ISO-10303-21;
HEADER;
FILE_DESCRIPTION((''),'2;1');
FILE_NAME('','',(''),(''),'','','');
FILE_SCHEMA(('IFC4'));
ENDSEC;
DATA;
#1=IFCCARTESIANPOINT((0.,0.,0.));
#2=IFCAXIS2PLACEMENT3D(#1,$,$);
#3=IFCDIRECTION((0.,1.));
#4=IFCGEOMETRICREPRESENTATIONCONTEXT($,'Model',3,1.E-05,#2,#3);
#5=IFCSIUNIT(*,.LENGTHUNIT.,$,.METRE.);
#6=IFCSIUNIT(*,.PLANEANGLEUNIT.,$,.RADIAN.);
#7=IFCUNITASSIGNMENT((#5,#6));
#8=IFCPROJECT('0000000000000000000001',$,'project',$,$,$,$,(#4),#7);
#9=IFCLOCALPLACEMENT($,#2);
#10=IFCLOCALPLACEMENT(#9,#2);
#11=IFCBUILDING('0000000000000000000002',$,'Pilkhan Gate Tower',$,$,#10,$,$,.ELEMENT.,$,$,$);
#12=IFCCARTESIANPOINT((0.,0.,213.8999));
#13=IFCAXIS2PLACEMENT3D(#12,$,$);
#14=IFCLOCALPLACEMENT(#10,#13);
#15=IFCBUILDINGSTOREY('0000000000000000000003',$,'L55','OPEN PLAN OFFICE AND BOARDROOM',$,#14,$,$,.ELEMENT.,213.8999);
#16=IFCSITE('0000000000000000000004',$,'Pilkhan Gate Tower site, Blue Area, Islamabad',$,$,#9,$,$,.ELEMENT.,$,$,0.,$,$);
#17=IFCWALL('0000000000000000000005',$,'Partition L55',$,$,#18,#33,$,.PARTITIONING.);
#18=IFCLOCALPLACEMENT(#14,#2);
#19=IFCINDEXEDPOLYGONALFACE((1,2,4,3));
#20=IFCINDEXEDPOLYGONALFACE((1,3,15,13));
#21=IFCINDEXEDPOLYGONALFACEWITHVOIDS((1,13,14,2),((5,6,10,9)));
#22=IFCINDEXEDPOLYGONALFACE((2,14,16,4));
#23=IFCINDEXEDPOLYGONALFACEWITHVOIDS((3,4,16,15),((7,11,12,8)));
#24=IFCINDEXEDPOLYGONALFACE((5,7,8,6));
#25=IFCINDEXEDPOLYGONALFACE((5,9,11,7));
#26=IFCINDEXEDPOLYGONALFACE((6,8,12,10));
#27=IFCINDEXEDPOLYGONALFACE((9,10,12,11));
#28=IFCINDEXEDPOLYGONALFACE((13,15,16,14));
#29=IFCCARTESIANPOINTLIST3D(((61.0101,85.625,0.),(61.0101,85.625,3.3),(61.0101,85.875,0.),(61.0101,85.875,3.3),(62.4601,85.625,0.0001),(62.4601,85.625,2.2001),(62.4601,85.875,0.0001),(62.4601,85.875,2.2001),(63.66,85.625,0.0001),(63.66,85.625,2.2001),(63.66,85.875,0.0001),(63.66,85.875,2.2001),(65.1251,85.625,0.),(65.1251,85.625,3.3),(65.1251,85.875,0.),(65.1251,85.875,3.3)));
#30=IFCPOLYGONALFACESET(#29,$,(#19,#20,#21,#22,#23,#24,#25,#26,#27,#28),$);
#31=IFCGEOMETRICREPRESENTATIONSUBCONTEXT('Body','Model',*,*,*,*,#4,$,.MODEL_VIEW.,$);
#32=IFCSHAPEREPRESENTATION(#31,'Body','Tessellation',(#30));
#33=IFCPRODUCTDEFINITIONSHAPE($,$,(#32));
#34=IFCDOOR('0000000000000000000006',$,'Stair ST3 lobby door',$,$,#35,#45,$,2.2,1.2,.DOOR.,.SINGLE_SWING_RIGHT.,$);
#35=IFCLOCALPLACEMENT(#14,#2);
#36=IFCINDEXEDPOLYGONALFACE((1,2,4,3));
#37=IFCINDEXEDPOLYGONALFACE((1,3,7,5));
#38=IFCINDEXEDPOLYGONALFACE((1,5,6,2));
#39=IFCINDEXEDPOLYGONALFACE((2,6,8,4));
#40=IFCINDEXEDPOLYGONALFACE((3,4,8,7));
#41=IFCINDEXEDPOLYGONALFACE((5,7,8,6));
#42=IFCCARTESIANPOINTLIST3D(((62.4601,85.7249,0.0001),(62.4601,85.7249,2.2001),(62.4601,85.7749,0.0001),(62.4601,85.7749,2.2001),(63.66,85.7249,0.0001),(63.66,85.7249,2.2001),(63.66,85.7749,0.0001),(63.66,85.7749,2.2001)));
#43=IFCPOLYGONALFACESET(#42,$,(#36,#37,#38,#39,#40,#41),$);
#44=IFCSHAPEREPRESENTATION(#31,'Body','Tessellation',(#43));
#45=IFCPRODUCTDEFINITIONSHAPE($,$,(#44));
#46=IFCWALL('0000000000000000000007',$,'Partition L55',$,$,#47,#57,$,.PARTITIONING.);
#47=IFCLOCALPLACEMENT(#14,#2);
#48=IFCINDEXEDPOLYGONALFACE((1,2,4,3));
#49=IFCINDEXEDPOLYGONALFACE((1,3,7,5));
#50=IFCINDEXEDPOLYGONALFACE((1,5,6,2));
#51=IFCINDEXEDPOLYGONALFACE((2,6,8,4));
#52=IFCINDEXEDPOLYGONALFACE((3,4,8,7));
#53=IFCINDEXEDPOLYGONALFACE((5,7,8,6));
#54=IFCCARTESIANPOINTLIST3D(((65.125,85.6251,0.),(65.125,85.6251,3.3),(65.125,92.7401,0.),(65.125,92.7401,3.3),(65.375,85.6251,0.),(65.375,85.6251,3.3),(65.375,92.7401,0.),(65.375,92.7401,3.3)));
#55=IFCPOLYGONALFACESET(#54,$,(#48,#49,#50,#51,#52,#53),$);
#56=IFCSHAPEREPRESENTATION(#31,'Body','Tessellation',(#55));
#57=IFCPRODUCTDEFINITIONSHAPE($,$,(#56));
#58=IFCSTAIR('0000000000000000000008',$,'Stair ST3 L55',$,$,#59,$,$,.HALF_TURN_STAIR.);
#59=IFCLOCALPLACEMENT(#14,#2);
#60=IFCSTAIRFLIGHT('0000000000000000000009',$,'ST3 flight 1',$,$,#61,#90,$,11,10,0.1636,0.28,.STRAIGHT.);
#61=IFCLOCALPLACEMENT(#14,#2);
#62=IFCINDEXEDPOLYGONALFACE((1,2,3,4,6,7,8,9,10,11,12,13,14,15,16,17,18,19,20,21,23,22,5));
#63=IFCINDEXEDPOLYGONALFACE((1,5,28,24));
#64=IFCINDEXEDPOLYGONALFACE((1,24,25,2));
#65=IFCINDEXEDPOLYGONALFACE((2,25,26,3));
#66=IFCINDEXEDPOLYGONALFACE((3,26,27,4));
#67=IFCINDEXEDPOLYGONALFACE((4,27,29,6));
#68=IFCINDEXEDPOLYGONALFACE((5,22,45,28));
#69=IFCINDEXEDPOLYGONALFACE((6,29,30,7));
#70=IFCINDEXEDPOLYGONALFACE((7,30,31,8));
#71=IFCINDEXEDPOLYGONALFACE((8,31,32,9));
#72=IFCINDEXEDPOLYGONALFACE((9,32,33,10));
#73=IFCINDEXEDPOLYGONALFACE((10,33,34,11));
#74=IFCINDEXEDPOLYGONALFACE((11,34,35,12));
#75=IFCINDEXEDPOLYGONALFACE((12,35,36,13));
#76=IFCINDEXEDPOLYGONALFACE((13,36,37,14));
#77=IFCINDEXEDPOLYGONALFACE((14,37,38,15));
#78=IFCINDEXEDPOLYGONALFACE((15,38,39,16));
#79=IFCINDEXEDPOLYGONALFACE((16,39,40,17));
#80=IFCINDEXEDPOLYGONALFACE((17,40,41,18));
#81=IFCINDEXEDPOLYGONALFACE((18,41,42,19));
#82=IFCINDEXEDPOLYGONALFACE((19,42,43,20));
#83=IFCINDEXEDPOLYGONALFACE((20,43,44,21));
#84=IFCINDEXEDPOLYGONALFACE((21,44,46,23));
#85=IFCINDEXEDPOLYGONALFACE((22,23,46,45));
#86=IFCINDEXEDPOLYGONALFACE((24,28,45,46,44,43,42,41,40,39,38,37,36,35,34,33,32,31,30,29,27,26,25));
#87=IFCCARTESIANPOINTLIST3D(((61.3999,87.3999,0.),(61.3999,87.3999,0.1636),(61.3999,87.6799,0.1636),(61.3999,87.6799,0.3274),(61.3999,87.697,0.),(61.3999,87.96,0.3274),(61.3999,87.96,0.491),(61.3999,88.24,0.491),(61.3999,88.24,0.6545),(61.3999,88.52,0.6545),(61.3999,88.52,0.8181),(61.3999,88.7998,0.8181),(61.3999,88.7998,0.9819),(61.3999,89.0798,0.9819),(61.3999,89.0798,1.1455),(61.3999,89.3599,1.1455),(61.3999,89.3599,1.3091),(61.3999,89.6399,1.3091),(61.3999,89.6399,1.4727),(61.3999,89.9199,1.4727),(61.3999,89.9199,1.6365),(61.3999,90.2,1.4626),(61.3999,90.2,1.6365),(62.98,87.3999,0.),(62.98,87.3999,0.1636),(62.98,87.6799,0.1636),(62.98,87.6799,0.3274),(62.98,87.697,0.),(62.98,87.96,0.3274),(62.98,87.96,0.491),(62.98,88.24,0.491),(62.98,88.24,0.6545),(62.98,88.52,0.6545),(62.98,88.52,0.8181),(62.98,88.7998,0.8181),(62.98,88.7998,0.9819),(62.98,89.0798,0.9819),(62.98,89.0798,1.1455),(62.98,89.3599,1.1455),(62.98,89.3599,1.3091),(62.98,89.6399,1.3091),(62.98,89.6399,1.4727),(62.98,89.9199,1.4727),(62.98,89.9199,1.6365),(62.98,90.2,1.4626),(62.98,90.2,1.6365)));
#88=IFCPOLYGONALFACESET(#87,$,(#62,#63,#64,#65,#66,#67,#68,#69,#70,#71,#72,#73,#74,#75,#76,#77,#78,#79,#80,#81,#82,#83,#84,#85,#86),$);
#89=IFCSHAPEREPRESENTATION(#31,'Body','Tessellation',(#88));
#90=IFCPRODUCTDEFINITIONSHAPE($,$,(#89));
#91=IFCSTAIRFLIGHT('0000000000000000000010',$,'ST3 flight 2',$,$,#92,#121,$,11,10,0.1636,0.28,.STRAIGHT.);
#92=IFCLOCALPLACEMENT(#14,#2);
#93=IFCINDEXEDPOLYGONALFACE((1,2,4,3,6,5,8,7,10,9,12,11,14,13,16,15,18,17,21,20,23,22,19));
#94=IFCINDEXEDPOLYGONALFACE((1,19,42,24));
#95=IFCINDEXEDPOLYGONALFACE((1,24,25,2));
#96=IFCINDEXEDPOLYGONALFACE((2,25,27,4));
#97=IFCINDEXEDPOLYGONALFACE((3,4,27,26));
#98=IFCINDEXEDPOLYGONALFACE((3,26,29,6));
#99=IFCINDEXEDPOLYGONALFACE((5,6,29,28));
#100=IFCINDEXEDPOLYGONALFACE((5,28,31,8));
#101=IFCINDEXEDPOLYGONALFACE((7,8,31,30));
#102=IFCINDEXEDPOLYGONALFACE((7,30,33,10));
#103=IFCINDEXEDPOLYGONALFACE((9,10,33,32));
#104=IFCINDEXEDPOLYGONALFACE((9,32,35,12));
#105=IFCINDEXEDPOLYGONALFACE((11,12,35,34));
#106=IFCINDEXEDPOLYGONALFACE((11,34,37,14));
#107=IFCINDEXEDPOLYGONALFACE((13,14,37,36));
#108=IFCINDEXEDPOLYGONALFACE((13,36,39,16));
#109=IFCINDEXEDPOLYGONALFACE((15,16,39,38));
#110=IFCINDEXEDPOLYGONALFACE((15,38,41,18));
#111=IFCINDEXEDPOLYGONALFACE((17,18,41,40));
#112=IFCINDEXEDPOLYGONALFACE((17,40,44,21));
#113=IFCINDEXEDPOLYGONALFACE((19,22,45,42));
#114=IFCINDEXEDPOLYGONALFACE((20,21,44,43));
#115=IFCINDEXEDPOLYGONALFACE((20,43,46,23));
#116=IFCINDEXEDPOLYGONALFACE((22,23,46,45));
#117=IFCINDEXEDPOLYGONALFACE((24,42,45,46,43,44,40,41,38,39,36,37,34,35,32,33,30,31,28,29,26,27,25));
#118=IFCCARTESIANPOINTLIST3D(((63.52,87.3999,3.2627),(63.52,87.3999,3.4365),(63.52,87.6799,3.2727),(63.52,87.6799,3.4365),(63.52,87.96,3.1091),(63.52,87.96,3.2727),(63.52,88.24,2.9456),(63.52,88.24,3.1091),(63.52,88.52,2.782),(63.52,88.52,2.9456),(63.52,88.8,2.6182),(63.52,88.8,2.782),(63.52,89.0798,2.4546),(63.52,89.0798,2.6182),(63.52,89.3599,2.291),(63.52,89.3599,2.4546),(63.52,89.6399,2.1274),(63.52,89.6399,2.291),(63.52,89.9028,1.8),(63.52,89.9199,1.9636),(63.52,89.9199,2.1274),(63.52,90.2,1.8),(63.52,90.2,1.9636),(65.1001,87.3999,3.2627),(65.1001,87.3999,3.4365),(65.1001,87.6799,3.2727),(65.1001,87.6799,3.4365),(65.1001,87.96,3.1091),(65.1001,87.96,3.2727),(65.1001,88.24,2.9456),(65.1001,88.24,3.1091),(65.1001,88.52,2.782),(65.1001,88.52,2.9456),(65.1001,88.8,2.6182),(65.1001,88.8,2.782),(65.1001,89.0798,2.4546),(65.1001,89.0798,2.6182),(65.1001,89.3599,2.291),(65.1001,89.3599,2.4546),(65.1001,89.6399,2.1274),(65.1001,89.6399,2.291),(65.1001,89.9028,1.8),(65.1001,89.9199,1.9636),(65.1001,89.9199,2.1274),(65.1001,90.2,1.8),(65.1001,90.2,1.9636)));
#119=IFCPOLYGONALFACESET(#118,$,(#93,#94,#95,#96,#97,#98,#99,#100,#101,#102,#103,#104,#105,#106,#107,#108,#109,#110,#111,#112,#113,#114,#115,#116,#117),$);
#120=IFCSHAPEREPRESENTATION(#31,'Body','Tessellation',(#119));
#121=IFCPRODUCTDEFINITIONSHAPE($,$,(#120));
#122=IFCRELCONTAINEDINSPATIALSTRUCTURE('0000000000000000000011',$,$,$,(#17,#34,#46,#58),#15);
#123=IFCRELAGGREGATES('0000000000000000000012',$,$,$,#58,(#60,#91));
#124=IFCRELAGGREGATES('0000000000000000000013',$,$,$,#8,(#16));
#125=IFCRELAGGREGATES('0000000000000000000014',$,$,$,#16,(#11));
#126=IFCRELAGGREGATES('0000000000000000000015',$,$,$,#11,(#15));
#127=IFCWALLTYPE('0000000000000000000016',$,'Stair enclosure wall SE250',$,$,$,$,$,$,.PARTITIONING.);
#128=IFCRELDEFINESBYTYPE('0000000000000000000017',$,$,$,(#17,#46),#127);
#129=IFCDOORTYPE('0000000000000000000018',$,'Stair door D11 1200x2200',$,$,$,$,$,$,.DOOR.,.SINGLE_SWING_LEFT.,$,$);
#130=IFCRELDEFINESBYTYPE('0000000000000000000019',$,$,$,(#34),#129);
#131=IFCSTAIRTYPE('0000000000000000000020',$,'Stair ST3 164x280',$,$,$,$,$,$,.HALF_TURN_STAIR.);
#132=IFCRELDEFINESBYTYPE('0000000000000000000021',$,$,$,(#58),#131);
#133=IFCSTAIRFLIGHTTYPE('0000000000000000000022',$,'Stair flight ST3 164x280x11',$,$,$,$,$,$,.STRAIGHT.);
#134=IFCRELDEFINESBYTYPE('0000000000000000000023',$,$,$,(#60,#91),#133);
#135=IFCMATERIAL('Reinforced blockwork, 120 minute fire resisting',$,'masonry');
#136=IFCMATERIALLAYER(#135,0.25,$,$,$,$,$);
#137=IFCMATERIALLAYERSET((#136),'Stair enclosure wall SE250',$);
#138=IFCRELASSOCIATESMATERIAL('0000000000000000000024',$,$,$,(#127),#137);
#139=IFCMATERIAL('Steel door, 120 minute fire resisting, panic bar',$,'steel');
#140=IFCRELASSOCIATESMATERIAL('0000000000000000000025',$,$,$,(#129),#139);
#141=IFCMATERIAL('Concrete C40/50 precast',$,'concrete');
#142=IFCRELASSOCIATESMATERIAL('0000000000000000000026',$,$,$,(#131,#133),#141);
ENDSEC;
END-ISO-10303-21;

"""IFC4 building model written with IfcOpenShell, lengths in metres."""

from ifc_helpers import new_model, si_unit, direction, frame, frame_2d, origin, place, context, subcontext, project, spatial, polyline, rectangle, outline, extrude, material, layer, layer_set, type_object, element, fill, aggregate, save


model = new_model("IFC4")

# Units and contexts
model_context = context("Model", 3, precision=1e-05, world=origin(), true_north=direction((0.0, 1.0)))
body_context = subcontext(model_context, "Body", "Model", "MODEL_VIEW")
ifc_project = project(units=[si_unit("LENGTHUNIT", "METRE"), si_unit("PLANEANGLEUNIT", "RADIAN")], contexts=[model_context])

# Site, building, storey
site_placement = place(None, origin())
site = spatial("IfcSite", under=ifc_project, at=site_placement, Name="Pilkhan Gate Tower site, Blue Area, Islamabad", CompositionType="ELEMENT", RefElevation=0.0)
building_placement = place(site_placement, origin())
building = spatial("IfcBuilding", under=site, at=building_placement, Name="Pilkhan Gate Tower", CompositionType="ELEMENT")
storey_placement = place(building_placement, frame((0.0, 0.0, 213.8999)))
storey = spatial("IfcBuildingStorey", under=building, at=storey_placement, Name="L55", Description="OPEN PLAN OFFICE AND BOARDROOM", CompositionType="ELEMENT", Elevation=213.8999)

# Wall, opening, door
ifc_material_1 = material(Name="Reinforced blockwork, 120 minute fire resisting", Category="masonry")
ifc_layer_1 = layer(ifc_material_1, 0.25)
ifc_layer_set_1 = layer_set([ifc_layer_1], Name="Stair enclosure wall SE250")
wall_type_1 = type_object("IfcWallType", Name="Stair enclosure wall SE250", PredefinedType="PARTITIONING", material=ifc_layer_set_1)
wall_1_placement = place(storey_placement, frame((61.01, 85.75, 0.0), z_axis=(0.0, 0.0, 1.0), x_axis=(1.0, 0.0, 0.0)))
wall_1 = element("IfcWall", 1, at=wall_1_placement, inside=storey, type_object=wall_type_1, Name="Partition L55", PredefinedType="PARTITIONING", context=body_context, shape_type="SweptSolid", body=[
    extrude(rectangle(XDim=4.115, YDim=0.25, at=frame_2d((2.0576, 0.0))), origin(), (0.0, 0.0, 1.0), 3.3),
])
opening_1_placement = place(wall_1_placement, frame((1.45, 0.0, 0.0)))
opening_1 = element("IfcOpeningElement", 2, at=opening_1_placement, cuts=wall_1, PredefinedType="OPENING", context=body_context, shape_type="SweptSolid", body=[
    extrude(rectangle(XDim=1.2, YDim=2.2, at=frame_2d((0.6001, 1.1001))), frame((0.0, 0.135, 0.0), z_axis=(0.0, -1.0, 0.0), x_axis=(1.0, 0.0, 0.0)), (0.0, 0.0, 1.0), 0.27),
])
ifc_material_2 = material(Name="Steel door, 120 minute fire resisting, panic bar", Category="steel")
door_type_1 = type_object("IfcDoorType", Name="Stair door D11 1200x2200", OperationType="SINGLE_SWING_LEFT", PredefinedType="DOOR", material=ifc_material_2)
door_1_placement = place(opening_1_placement, origin())
door_1 = element("IfcDoor", 3, at=door_1_placement, inside=storey, type_object=door_type_1, Name="Stair ST3 lobby door", OperationType="SINGLE_SWING_RIGHT", OverallHeight=2.2, OverallWidth=1.2, PredefinedType="DOOR", context=body_context, shape_type="SweptSolid", body=[
    extrude(rectangle(XDim=1.2, YDim=2.2, at=frame_2d((0.6001, 1.1001))), frame((0.0, 0.0249, 0.0), z_axis=(0.0, -1.0, 0.0), x_axis=(1.0, 0.0, 0.0)), (0.0, 0.0, 1.0), 0.05),
])
fill(opening_1, door_1)

# Wall
wall_2_placement = place(storey_placement, frame((65.25, 85.625, 0.0), z_axis=(0.0, 0.0, 1.0), x_axis=(0.0, 1.0, 0.0)))
element("IfcWall", 4, at=wall_2_placement, inside=storey, type_object=wall_type_1, Name="Partition L55", PredefinedType="PARTITIONING", context=body_context, shape_type="SweptSolid", body=[
    extrude(rectangle(XDim=7.115, YDim=0.25, at=frame_2d((3.5576, 0.0))), origin(), (0.0, 0.0, 1.0), 3.3),
])

# Stair, stair flights
ifc_material_3 = material(Name="Concrete C40/50 precast", Category="concrete")
stair_type = type_object("IfcStairType", Name="Stair ST3 164x280", PredefinedType="HALF_TURN_STAIR", material=ifc_material_3)
stair_placement = place(storey_placement, origin())
stair = element("IfcStair", 5, at=stair_placement, inside=storey, type_object=stair_type, Name="Stair ST3 L55", PredefinedType="HALF_TURN_STAIR")
stair_flight_type = type_object("IfcStairFlightType", Name="Stair flight ST3 164x280x11", PredefinedType="STRAIGHT", material=ifc_material_3)
stair_flight_1_placement = place(storey_placement, frame((62.1899, 87.3999, 0.0), z_axis=(0.0, 0.0, 1.0), x_axis=(0.0, 1.0, 0.0)))
stair_flight_1 = element("IfcStairFlight", 6, at=stair_flight_1_placement, type_object=stair_flight_type, Name="ST3 flight 1", NumberOfRisers=11, NumberOfTreads=10, PredefinedType="STRAIGHT", RiserHeight=0.1636, TreadLength=0.28, context=body_context, shape_type="SweptSolid", body=[
    extrude(outline(polyline([(0.0, 0.0), (0.0, 0.1636), (0.28, 0.1636), (0.28, 0.3274), (0.5601, 0.3274), (0.5601, 0.491), (0.8401, 0.491), (0.8401, 0.6545), (1.1201, 0.6545), (1.1201, 0.8181), (1.3999, 0.8181), (1.3999, 0.9819), (1.6799, 0.9819), (1.6799, 1.1455), (1.96, 1.1455), (1.96, 1.3091), (2.24, 1.3091), (2.24, 1.4727), (2.52, 1.4727), (2.52, 1.6365), (2.8, 1.6365), (2.8, 1.8), (2.8, 1.4626), (0.2971, 0.0), (0.0, 0.0)])), frame((0.0, 0.79, 0.0), z_axis=(0.0, -1.0, 0.0), x_axis=(1.0, 0.0, 0.0)), (0.0, 0.0, 1.0), 1.5801),
])
stair_flight_2_placement = place(storey_placement, frame((64.3101, 90.2, 1.8), z_axis=(0.0, 0.0, 1.0), x_axis=(0.0, -1.0, 0.0)))
stair_flight_2 = element("IfcStairFlight", 7, at=stair_flight_2_placement, type_object=stair_flight_type, Name="ST3 flight 2", NumberOfRisers=11, NumberOfTreads=10, PredefinedType="STRAIGHT", RiserHeight=0.1636, TreadLength=0.28, context=body_context, shape_type="SweptSolid", body=[
    extrude(outline(polyline([(0.0, 0.0), (0.0, 0.1636), (0.28, 0.1636), (0.28, 0.3274), (0.5601, 0.3274), (0.5601, 0.491), (0.8401, 0.491), (0.8401, 0.6545), (1.1201, 0.6545), (1.1201, 0.8181), (1.3999, 0.8181), (1.3999, 0.9819), (1.6799, 0.9819), (1.6799, 1.1455), (1.96, 1.1455), (1.96, 1.3091), (2.24, 1.3091), (2.24, 1.4727), (2.52, 1.4727), (2.52, 1.6365), (2.8, 1.6365), (2.8, 1.8), (2.8, 1.4626), (0.2971, 0.0), (0.0, 0.0)])), frame((0.0, 0.79, 0.0), z_axis=(0.0, -1.0, 0.0), x_axis=(1.0, 0.0, 0.0)), (0.0, 0.0, 1.0), 1.5801),
])
aggregate(stair, [stair_flight_1, stair_flight_2])

save(model, "model.ifc")
